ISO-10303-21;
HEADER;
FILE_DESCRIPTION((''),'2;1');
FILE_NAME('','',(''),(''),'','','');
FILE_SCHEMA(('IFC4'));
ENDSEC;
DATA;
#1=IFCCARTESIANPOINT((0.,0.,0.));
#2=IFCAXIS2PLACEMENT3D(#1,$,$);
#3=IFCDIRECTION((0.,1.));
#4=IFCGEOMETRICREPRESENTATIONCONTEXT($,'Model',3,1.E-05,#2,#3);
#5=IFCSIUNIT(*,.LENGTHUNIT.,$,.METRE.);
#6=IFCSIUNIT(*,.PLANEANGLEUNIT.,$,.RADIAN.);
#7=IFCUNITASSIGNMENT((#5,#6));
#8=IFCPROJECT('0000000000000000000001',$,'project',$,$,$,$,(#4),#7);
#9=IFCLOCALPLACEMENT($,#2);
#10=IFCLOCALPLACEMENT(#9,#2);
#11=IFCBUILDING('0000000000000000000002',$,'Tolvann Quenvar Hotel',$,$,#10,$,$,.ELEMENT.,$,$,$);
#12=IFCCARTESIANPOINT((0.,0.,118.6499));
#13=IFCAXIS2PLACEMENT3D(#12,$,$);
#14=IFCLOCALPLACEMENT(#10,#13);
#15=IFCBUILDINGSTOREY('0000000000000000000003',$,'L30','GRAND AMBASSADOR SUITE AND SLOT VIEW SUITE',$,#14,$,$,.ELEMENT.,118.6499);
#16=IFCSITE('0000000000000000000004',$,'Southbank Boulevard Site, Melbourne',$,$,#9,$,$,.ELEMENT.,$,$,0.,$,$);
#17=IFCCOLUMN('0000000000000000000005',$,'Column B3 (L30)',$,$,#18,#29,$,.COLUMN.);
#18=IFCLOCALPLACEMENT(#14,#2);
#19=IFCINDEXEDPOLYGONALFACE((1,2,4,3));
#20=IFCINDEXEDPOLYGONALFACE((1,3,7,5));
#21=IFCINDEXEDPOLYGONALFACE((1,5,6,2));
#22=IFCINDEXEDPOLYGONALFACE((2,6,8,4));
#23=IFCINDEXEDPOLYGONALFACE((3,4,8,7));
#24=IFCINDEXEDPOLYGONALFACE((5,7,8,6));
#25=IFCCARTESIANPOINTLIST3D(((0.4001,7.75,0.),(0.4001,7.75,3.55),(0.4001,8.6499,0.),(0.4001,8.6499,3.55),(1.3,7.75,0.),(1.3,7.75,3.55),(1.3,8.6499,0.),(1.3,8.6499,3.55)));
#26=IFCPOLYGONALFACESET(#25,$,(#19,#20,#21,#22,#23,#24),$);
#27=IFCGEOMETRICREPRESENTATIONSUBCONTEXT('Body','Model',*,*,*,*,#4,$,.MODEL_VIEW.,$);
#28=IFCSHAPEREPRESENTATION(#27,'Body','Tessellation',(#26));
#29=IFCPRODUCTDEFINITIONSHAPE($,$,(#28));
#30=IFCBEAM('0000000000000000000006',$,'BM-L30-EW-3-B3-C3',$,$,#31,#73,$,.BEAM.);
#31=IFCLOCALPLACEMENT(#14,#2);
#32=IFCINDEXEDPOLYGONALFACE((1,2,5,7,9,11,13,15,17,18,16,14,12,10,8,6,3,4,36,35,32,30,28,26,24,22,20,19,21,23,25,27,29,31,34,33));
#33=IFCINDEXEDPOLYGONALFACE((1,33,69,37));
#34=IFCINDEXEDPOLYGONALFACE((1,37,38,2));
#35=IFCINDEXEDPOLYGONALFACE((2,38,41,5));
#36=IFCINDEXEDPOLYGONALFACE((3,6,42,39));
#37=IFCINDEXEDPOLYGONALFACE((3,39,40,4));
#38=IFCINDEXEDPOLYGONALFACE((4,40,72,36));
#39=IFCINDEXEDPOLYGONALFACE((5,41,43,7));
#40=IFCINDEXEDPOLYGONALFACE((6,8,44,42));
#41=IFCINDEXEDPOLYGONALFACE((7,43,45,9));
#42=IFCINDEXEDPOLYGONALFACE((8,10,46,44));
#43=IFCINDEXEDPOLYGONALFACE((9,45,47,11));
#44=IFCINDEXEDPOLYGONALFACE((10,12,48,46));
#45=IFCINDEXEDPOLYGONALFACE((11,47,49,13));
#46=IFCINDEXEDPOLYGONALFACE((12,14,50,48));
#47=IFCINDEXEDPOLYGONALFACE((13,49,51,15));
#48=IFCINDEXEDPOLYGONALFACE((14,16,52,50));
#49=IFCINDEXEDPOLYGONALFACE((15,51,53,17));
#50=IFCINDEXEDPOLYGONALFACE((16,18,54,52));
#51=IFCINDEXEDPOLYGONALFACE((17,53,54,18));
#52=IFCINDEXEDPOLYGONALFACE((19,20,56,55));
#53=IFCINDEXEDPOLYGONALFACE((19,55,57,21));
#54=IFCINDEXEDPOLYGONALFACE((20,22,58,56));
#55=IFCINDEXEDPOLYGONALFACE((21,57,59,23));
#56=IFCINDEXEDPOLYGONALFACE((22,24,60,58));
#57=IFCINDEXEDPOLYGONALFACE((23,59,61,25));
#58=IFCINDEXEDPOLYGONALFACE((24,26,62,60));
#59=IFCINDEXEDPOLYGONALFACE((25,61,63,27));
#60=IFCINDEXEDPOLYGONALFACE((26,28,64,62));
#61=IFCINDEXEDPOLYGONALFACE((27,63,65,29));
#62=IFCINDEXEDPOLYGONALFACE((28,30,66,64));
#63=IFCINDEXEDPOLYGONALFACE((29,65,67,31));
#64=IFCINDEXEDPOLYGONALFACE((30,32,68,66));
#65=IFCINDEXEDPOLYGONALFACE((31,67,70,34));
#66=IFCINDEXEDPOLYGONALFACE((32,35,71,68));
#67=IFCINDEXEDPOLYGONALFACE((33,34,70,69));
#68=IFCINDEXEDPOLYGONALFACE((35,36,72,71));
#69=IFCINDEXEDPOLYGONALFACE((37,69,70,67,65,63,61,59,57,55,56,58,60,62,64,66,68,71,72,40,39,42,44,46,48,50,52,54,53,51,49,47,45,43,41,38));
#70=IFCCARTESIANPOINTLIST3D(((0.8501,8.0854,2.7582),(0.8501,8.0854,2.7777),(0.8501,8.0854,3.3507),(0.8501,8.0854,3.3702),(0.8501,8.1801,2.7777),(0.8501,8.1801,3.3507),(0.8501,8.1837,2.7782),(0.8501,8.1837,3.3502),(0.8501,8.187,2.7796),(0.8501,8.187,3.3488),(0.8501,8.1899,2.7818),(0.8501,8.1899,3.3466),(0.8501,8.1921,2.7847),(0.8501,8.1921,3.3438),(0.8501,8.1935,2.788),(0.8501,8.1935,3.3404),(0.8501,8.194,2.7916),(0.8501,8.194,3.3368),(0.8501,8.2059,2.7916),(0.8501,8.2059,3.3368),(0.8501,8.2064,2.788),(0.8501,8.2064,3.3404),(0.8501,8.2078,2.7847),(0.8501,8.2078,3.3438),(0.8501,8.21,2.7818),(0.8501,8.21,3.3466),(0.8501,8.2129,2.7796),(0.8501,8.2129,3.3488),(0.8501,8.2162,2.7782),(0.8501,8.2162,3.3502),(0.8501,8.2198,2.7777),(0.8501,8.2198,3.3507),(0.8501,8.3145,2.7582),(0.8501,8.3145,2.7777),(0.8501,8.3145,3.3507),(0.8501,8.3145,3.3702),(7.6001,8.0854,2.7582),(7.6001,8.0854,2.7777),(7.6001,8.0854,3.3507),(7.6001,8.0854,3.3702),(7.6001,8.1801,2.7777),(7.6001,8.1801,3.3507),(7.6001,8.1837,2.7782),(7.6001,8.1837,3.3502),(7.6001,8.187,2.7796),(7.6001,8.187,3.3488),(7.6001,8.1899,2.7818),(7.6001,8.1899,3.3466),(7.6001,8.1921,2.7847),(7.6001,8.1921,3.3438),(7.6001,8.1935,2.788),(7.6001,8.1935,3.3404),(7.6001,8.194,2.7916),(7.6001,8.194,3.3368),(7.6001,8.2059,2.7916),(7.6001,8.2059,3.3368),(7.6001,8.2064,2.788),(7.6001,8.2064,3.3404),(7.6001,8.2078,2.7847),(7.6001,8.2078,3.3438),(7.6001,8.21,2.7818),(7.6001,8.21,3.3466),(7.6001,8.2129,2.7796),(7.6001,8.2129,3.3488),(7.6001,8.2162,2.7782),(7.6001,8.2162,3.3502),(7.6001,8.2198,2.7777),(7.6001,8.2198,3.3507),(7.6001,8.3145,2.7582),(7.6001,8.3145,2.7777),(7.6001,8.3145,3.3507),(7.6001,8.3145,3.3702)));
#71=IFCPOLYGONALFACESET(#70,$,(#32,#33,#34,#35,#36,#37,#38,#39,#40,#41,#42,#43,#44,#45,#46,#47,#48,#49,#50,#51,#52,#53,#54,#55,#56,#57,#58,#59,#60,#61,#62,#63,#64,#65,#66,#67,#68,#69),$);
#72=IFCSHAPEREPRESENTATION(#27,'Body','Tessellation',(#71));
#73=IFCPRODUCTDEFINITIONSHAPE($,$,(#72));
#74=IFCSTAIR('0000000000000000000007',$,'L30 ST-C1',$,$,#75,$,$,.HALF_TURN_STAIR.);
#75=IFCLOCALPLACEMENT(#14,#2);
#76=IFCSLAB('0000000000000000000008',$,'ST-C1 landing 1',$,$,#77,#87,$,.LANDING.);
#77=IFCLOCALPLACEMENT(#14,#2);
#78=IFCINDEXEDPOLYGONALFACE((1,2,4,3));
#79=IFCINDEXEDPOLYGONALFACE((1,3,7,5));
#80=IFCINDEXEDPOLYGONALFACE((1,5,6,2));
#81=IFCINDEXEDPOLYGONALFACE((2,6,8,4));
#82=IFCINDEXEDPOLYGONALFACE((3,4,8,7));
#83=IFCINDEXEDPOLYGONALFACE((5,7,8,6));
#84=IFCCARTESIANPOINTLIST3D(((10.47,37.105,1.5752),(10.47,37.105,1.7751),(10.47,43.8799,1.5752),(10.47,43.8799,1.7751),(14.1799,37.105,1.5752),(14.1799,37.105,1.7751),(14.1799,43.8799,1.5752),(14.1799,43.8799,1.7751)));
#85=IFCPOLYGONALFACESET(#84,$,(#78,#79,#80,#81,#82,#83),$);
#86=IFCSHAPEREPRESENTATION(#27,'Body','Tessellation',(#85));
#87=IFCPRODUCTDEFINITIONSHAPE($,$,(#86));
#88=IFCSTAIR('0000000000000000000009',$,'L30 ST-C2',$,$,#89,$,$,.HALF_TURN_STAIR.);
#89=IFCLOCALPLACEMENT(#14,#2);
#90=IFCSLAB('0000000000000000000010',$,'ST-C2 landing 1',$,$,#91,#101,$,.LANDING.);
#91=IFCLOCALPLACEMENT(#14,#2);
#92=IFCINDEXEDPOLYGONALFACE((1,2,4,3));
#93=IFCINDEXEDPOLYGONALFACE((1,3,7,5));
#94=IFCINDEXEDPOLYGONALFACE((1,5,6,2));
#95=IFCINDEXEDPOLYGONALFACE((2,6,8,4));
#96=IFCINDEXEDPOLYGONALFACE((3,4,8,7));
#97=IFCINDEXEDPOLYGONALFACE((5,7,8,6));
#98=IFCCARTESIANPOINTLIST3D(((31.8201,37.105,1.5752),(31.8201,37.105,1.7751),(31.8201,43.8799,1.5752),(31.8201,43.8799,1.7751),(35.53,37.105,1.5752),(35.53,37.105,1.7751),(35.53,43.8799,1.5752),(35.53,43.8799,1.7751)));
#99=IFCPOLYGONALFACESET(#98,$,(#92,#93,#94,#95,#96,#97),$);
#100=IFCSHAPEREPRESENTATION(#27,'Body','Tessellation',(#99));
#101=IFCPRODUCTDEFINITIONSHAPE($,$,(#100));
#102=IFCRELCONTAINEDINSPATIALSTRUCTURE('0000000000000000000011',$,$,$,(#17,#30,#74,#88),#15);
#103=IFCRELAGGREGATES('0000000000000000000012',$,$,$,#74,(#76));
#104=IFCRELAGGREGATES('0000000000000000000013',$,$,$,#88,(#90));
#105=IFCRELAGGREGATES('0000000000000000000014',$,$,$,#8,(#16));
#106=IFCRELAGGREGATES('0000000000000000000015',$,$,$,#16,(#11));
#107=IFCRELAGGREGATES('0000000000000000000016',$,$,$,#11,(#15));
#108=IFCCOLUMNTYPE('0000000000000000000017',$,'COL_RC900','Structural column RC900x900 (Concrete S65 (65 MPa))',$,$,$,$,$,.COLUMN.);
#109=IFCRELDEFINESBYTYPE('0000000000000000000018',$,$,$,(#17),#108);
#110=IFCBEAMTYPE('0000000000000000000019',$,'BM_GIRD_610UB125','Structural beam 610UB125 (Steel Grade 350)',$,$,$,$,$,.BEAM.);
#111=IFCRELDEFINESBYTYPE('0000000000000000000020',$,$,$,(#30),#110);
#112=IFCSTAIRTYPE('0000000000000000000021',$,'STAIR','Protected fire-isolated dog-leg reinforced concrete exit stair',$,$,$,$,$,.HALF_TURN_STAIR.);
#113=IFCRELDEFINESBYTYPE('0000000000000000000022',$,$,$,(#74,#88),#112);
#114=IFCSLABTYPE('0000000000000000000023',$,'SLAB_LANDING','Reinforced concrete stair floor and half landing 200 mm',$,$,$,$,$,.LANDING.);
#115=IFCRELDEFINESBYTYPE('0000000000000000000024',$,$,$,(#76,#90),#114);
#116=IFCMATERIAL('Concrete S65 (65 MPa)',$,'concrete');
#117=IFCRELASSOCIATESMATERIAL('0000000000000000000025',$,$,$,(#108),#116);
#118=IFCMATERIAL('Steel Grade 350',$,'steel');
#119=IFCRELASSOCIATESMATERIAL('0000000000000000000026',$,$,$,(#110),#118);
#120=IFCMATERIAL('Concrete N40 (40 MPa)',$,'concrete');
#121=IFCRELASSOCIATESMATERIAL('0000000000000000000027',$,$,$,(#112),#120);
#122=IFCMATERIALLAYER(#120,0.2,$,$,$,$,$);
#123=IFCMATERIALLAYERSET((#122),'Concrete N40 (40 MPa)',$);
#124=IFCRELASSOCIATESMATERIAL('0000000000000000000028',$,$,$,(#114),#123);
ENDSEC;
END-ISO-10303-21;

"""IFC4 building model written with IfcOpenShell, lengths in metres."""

from ifc_helpers import new_model, si_unit, direction, frame, origin, origin_2d, place, context, subcontext, project, spatial, polyline, rectangle, i_section, outline, extrude, source, transform, mapped, material, layer, layer_set, material_profile, profile_set, type_object, type_shapes, element, aggregate, save


model = new_model("IFC4")

# Units and contexts
model_context = context("Model", 3, precision=1e-05, world=origin(), true_north=direction((0.0, 1.0)))
body_context = subcontext(model_context, "Body", "Model", "MODEL_VIEW")
ifc_project = project(units=[si_unit("LENGTHUNIT", "METRE"), si_unit("PLANEANGLEUNIT", "RADIAN")], contexts=[model_context])

# Site, building, storey
site_placement = place(None, origin())
site = spatial("IfcSite", under=ifc_project, at=site_placement, Name="Southbank Boulevard Site, Melbourne", CompositionType="ELEMENT", RefElevation=0.0)
building_placement = place(site_placement, origin())
building = spatial("IfcBuilding", under=site, at=building_placement, Name="Tolvann Quenvar Hotel", CompositionType="ELEMENT")
storey_placement = place(building_placement, frame((0.0, 0.0, 118.6499)))
storey = spatial("IfcBuildingStorey", under=building, at=storey_placement, Name="L30", Description="GRAND AMBASSADOR SUITE AND SLOT VIEW SUITE", CompositionType="ELEMENT", Elevation=118.6499)

# Column
ifc_material_1 = material(Name="Concrete S65 (65 MPa)", Category="concrete")
ifc_material_profile_1 = material_profile(ifc_material_1, rectangle(XDim=0.8999, YDim=0.8999, at=origin_2d()), Name="RC900x900")
ifc_profile_set_1 = profile_set([ifc_material_profile_1], Name="Concrete S65 (65 MPa)")
column_type = type_object("IfcColumnType", Name="COL_RC900", Description="Structural column RC900x900 (Concrete S65 (65 MPa))", PredefinedType="COLUMN", material=ifc_profile_set_1)
shared_shape_1 = source(origin(), body_context, "Body", "SweptSolid", [
    extrude(rectangle(XDim=0.8999, YDim=0.8999, at=origin_2d()), origin(), (0.0, 0.0, 1.0), 3.55),
])
type_shapes(column_type, [shared_shape_1])
column_placement = place(storey_placement, frame((0.8501, 8.2, 0.0), z_axis=(0.0, 0.0, 1.0), x_axis=(1.0, 0.0, 0.0)))
element("IfcColumn", 1, at=column_placement, inside=storey, type_object=column_type, Name="Column B3 (L30)", PredefinedType="COLUMN", context=body_context, shape_type="MappedRepresentation", body=[
    mapped(shared_shape_1, transform((0.0, 0.0, 0.0), x_axis=(1.0, 0.0, 0.0), y_axis=(0.0, 1.0, 0.0), z_axis=(0.0, 0.0, 1.0), scale=1.0)),
])

# Beam
ifc_material_2 = material(Name="Steel Grade 350", Category="steel")
ifc_material_profile_2 = material_profile(ifc_material_2, i_section(OverallWidth=0.229, OverallDepth=0.6121, WebThickness=0.012, FlangeThickness=0.0195, FilletRadius=0.0139, at=origin_2d()), Name="610UB125")
ifc_profile_set_2 = profile_set([ifc_material_profile_2], Name="Steel Grade 350")
beam_type = type_object("IfcBeamType", Name="BM_GIRD_610UB125", Description="Structural beam 610UB125 (Steel Grade 350)", PredefinedType="BEAM", material=ifc_profile_set_2)
shared_shape_2 = source(origin(), body_context, "Body", "SweptSolid", [
    extrude(i_section(OverallWidth=0.229, OverallDepth=0.6121, WebThickness=0.012, FlangeThickness=0.0195, FilletRadius=0.0139, at=origin_2d()), origin(), (0.0, 0.0, 1.0), 6.75),
])
type_shapes(beam_type, [shared_shape_2])
beam_placement = place(storey_placement, frame((0.8501, 8.2, 3.0642), z_axis=(1.0, 0.0, 0.0), x_axis=(0.0, 1.0, 0.0)))
element("IfcBeam", 2, at=beam_placement, inside=storey, type_object=beam_type, Name="BM-L30-EW-3-B3-C3", PredefinedType="BEAM", context=body_context, shape_type="MappedRepresentation", body=[
    mapped(shared_shape_2, transform((0.0, 0.0, 0.0), x_axis=(1.0, 0.0, 0.0), y_axis=(0.0, 1.0, 0.0), z_axis=(0.0, 0.0, 1.0), scale=1.0)),
])

# Stairs, slabs
ifc_material_3 = material(Name="Concrete N40 (40 MPa)", Category="concrete")
stair_type = type_object("IfcStairType", Name="STAIR", Description="Protected fire-isolated dog-leg reinforced concrete exit stair", PredefinedType="HALF_TURN_STAIR", material=ifc_material_3)
stair_1_placement = place(storey_placement, origin())
stair_1 = element("IfcStair", 3, at=stair_1_placement, inside=storey, type_object=stair_type, Name="L30 ST-C1", PredefinedType="HALF_TURN_STAIR")
ifc_layer_1 = layer(ifc_material_3, 0.2)
ifc_layer_set_1 = layer_set([ifc_layer_1], Name="Concrete N40 (40 MPa)")
slab_type_1 = type_object("IfcSlabType", Name="SLAB_LANDING", Description="Reinforced concrete stair floor and half landing 200 mm", PredefinedType="LANDING", material=ifc_layer_set_1)
slab_1_placement = place(storey_placement, frame((0.0, 0.0, 1.5752)))
slab_1 = element("IfcSlab", 4, at=slab_1_placement, type_object=slab_type_1, Name="ST-C1 landing 1", PredefinedType="LANDING", context=body_context, shape_type="SweptSolid", body=[
    extrude(outline(polyline([(14.1799, 37.105), (14.1799, 43.8799), (10.47, 43.8799), (10.47, 37.105), (14.1799, 37.105)])), origin(), (0.0, 0.0, 1.0), 0.2),
])
aggregate(stair_1, [slab_1])
stair_2_placement = place(storey_placement, origin())
stair_2 = element("IfcStair", 5, at=stair_2_placement, inside=storey, type_object=stair_type, Name="L30 ST-C2", PredefinedType="HALF_TURN_STAIR")
slab_2_placement = place(storey_placement, frame((0.0, 0.0, 1.5752)))
slab_2 = element("IfcSlab", 6, at=slab_2_placement, type_object=slab_type_1, Name="ST-C2 landing 1", PredefinedType="LANDING", context=body_context, shape_type="SweptSolid", body=[
    extrude(outline(polyline([(35.53, 37.105), (35.53, 43.8799), (31.8201, 43.8799), (31.8201, 37.105), (35.53, 37.105)])), origin(), (0.0, 0.0, 1.0), 0.2),
])
aggregate(stair_2, [slab_2])

save(model, "model.ifc")
